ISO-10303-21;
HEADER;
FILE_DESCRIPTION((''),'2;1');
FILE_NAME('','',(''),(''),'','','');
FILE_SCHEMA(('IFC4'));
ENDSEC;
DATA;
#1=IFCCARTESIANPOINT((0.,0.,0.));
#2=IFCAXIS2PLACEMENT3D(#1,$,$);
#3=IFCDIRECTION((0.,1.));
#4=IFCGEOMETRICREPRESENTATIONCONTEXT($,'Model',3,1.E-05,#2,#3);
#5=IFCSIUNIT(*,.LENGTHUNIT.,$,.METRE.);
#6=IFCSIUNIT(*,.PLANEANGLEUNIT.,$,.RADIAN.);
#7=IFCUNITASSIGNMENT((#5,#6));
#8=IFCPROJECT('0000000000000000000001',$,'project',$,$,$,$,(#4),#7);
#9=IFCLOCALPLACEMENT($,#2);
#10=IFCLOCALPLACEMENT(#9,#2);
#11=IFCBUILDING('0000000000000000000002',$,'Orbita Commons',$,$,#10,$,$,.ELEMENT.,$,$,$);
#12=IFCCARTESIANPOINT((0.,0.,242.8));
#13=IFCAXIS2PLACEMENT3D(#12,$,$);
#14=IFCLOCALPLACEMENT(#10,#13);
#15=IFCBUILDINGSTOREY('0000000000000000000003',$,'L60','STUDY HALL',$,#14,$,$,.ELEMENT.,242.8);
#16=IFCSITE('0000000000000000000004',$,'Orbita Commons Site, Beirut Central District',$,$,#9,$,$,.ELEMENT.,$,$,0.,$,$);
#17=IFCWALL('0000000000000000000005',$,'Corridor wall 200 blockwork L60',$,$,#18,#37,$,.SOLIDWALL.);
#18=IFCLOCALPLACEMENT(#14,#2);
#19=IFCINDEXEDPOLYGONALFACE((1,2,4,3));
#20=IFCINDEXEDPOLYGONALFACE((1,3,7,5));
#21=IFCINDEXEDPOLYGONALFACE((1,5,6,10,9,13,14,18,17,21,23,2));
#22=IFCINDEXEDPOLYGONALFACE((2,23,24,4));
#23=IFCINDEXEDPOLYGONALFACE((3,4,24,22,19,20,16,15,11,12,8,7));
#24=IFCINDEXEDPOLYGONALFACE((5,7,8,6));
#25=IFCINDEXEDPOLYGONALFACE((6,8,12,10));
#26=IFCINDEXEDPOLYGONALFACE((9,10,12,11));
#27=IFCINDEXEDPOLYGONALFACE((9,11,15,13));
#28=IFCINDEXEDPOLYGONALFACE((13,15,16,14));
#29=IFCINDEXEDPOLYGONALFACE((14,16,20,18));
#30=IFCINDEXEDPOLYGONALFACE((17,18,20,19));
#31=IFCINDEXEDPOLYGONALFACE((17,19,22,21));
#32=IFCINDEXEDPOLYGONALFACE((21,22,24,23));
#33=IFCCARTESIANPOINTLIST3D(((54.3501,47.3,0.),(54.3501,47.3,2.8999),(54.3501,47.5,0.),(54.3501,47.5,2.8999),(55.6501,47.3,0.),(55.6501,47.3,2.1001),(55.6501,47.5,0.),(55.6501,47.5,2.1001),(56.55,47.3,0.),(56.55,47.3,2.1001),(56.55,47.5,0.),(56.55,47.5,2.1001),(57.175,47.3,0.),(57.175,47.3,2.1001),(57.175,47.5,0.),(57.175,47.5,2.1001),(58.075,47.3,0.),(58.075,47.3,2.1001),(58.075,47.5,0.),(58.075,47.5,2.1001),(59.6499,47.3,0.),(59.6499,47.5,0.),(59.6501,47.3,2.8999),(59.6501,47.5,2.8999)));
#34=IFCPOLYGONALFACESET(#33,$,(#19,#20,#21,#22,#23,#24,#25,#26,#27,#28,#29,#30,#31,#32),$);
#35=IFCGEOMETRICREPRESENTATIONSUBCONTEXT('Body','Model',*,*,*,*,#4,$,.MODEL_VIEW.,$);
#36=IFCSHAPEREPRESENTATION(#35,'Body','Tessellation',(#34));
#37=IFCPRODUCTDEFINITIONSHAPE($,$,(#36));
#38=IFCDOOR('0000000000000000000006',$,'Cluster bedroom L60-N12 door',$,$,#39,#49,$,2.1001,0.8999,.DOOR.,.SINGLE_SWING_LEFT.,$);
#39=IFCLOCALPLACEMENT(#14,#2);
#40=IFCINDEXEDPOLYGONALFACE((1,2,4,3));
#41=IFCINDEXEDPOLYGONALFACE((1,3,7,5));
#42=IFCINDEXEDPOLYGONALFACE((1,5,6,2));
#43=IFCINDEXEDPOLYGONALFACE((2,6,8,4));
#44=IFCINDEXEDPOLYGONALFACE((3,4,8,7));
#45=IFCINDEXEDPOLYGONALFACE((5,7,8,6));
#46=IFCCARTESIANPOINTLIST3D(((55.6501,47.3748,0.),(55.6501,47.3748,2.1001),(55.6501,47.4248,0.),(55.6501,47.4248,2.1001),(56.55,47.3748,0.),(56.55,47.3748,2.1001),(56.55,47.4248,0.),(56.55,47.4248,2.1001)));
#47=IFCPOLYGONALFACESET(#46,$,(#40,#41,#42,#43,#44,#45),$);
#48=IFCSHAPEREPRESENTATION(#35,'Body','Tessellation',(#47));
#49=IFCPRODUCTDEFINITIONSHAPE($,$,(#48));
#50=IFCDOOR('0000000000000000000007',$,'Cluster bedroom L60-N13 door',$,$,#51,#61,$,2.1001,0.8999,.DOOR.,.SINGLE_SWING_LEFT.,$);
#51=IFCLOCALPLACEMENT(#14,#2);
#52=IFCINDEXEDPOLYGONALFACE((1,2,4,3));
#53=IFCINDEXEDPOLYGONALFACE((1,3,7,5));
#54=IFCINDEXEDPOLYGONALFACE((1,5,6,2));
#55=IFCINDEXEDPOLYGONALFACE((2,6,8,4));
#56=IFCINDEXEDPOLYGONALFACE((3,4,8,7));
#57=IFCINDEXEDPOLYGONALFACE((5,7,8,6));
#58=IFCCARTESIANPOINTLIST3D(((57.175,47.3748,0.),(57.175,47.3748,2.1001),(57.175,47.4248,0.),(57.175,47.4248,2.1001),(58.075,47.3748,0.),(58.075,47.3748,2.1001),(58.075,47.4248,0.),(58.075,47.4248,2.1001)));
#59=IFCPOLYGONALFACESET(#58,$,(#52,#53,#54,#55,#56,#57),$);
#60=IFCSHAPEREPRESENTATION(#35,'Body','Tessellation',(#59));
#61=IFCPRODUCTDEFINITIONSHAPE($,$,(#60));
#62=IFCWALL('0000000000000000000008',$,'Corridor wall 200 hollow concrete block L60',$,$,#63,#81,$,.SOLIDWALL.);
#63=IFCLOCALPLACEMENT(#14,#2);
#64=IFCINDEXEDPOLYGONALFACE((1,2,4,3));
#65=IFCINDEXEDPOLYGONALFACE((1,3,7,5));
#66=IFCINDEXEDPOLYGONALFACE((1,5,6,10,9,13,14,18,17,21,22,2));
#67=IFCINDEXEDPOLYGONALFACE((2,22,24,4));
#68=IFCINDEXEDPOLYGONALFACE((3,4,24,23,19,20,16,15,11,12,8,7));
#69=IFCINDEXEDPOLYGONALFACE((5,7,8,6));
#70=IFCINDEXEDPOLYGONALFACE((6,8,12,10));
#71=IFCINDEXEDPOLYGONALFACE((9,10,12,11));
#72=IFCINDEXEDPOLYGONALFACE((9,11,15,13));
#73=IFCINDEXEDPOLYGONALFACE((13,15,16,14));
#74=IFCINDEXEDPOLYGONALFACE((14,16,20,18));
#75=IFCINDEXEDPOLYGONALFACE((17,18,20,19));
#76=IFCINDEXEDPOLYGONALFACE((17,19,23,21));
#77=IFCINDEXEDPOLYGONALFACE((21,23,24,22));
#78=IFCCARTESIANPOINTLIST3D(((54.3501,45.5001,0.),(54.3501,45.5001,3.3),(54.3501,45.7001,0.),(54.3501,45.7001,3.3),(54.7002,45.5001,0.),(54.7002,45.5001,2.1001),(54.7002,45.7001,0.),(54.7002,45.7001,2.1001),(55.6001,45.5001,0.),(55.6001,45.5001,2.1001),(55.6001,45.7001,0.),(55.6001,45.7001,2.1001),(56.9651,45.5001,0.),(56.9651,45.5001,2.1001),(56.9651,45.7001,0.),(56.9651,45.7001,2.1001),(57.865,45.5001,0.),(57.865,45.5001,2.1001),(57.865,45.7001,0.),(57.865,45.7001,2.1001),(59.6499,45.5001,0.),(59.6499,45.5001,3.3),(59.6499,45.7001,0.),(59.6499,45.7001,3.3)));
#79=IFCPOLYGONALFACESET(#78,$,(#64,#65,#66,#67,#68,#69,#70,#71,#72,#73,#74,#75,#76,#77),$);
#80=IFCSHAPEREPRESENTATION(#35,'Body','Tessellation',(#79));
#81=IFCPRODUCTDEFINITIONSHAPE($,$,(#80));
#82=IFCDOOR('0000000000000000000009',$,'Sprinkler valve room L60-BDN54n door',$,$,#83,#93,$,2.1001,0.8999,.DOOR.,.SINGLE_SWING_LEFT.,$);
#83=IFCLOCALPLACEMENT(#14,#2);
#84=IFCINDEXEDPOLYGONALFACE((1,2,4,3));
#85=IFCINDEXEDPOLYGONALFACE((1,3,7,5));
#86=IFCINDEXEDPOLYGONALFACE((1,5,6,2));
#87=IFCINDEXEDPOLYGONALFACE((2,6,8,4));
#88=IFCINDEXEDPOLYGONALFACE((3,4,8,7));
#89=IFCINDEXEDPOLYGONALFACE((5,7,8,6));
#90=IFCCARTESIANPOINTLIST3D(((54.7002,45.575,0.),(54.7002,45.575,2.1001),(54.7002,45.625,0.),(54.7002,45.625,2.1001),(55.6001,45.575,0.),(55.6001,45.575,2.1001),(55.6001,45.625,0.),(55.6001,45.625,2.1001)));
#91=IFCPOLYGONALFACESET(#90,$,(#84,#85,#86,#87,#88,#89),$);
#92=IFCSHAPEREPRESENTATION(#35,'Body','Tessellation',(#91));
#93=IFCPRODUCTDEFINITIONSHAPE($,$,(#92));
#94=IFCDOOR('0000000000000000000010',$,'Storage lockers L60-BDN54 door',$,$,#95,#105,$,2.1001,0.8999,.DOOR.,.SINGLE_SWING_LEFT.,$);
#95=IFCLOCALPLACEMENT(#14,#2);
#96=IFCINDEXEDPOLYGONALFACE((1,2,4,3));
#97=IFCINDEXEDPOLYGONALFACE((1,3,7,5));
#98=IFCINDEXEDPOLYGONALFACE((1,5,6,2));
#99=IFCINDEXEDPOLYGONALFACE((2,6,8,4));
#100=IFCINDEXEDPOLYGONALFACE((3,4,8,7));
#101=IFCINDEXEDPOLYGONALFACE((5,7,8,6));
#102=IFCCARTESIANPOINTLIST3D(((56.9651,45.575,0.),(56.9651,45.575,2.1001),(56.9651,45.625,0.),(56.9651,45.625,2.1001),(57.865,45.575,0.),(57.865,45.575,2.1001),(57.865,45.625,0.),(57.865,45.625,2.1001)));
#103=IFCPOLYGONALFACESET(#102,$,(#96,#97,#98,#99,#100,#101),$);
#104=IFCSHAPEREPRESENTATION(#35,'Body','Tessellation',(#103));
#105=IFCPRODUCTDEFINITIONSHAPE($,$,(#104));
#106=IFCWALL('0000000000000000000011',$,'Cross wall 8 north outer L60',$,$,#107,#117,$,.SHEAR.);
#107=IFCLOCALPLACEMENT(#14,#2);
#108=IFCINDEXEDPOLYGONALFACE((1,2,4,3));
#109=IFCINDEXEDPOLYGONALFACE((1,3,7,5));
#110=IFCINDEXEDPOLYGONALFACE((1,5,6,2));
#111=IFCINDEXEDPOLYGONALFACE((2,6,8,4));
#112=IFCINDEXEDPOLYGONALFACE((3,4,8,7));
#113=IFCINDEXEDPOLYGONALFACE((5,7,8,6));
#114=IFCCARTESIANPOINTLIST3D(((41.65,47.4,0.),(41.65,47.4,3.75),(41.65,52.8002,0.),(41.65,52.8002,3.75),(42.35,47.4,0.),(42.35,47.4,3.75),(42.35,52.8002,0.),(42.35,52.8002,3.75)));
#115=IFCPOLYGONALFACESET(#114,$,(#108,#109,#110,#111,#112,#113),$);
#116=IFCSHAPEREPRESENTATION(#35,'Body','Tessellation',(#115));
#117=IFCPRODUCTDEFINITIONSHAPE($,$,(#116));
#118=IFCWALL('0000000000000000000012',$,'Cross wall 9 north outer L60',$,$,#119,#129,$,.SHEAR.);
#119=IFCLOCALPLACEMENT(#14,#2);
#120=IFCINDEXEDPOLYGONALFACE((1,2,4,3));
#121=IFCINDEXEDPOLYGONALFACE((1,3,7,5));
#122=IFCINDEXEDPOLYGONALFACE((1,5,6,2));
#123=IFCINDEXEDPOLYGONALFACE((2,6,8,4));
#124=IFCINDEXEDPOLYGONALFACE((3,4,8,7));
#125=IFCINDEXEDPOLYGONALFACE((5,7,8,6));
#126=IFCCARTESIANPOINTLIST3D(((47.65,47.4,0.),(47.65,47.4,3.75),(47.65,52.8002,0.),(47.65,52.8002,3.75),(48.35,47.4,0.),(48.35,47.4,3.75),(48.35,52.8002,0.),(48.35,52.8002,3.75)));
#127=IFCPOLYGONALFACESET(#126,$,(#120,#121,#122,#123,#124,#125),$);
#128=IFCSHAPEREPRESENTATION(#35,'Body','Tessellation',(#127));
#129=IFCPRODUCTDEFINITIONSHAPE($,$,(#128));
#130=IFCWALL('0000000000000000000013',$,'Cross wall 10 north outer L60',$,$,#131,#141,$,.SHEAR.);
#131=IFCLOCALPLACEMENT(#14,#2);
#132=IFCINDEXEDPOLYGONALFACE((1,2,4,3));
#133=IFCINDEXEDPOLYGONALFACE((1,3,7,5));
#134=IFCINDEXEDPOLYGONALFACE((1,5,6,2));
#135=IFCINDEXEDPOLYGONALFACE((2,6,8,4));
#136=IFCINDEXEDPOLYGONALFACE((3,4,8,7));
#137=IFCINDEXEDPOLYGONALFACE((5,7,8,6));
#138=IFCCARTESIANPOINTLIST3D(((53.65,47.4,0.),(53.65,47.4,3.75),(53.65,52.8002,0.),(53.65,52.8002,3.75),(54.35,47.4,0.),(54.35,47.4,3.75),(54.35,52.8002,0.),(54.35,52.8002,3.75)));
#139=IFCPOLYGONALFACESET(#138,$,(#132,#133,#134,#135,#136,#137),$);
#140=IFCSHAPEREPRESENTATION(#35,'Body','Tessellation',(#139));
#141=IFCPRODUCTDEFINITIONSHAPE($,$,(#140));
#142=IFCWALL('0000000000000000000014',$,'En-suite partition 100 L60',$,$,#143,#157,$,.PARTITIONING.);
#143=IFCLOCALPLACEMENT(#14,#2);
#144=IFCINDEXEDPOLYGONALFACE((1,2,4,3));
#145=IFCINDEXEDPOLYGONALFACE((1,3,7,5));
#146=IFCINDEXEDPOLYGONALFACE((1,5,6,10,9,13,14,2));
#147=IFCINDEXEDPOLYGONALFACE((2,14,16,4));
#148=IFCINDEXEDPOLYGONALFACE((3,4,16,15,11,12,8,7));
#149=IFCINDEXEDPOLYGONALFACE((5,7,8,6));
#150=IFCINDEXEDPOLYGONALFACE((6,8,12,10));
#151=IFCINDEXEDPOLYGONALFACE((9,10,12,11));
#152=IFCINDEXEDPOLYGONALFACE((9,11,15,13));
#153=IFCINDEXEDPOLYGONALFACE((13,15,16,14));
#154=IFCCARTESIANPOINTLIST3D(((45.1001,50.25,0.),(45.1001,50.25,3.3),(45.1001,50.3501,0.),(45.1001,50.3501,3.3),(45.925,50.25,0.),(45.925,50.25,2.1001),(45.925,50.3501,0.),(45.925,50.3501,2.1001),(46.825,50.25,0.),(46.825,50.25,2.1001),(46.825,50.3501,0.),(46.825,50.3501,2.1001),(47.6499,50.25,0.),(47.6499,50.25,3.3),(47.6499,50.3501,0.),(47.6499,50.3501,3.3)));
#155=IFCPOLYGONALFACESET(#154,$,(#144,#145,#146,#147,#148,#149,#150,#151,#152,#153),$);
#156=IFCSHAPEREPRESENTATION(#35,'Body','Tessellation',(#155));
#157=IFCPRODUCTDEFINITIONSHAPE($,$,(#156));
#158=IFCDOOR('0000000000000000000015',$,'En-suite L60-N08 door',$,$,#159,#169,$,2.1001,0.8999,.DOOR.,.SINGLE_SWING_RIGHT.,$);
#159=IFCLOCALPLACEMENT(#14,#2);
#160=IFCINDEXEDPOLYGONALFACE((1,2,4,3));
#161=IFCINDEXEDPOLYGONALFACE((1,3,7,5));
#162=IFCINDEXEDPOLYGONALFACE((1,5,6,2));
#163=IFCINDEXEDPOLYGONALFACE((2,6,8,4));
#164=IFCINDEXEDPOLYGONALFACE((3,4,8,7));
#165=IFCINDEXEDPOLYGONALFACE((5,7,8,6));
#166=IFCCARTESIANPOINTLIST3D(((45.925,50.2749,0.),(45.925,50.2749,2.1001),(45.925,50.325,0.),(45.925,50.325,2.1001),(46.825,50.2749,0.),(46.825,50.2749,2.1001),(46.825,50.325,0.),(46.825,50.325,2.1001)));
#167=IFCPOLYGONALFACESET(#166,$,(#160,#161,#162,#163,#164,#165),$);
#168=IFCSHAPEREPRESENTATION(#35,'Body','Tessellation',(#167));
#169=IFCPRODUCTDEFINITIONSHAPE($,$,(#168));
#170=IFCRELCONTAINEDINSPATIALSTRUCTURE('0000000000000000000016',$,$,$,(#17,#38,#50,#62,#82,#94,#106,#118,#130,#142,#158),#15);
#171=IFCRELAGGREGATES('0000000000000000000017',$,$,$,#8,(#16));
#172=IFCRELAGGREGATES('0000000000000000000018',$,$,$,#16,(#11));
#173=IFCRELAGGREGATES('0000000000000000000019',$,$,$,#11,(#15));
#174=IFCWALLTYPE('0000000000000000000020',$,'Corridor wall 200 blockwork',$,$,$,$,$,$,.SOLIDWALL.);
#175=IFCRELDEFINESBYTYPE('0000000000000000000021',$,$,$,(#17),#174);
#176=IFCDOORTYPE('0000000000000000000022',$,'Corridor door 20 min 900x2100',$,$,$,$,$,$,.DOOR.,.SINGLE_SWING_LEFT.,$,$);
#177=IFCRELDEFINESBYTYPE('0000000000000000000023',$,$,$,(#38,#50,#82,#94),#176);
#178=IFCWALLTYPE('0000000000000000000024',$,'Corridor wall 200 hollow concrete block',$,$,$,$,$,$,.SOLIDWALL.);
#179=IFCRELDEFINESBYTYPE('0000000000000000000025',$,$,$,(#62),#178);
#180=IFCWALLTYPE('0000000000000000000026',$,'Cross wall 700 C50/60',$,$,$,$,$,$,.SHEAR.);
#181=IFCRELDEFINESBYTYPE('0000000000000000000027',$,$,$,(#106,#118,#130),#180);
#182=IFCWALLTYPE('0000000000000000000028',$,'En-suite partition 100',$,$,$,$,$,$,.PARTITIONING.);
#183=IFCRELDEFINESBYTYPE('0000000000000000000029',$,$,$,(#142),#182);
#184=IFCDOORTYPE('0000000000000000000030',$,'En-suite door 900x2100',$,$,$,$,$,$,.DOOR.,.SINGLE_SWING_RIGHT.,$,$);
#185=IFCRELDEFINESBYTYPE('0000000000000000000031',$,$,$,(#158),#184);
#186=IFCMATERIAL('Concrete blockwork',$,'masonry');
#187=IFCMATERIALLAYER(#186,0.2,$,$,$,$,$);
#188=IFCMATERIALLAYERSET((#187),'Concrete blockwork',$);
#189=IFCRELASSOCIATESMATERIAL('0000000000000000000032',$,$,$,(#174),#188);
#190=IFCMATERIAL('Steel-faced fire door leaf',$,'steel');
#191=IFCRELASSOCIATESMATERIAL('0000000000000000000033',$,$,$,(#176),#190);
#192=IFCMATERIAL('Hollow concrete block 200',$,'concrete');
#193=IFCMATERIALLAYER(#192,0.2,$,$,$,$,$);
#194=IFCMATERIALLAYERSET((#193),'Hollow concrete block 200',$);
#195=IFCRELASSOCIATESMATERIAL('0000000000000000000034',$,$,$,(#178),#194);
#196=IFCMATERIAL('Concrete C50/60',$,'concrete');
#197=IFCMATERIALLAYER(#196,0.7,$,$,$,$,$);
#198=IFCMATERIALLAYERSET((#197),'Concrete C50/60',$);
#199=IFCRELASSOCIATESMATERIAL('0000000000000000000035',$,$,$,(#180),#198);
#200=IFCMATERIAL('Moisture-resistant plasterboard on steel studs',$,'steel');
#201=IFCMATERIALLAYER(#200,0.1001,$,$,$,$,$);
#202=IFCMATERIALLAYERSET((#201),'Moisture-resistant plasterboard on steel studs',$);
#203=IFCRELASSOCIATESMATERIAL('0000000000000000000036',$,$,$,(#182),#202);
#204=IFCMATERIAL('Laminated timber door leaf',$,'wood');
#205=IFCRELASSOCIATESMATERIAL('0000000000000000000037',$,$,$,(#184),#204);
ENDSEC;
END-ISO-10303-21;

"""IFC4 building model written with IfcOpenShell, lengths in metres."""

from ifc_helpers import new_model, si_unit, direction, frame, frame_2d, origin, place, context, subcontext, project, spatial, polyline, rectangle, outline, extrude, material, layer, layer_set, type_object, element, fill, save


model = new_model("IFC4")

# Units and contexts
model_context = context("Model", 3, precision=1e-05, world=origin(), true_north=direction((0.0, 1.0)))
body_context = subcontext(model_context, "Body", "Model", "MODEL_VIEW")
ifc_project = project(units=[si_unit("LENGTHUNIT", "METRE"), si_unit("PLANEANGLEUNIT", "RADIAN")], contexts=[model_context])

# Site, building, storey
site_placement = place(None, origin())
site = spatial("IfcSite", under=ifc_project, at=site_placement, Name="Orbita Commons Site, Beirut Central District", CompositionType="ELEMENT", RefElevation=0.0)
building_placement = place(site_placement, origin())
building = spatial("IfcBuilding", under=site, at=building_placement, Name="Orbita Commons", CompositionType="ELEMENT")
storey_placement = place(building_placement, frame((0.0, 0.0, 242.8)))
storey = spatial("IfcBuildingStorey", under=building, at=storey_placement, Name="L60", Description="STUDY HALL", CompositionType="ELEMENT", Elevation=242.8)

# Shared definitions
ifc_material_1 = material(Name="Concrete blockwork", Category="masonry")
ifc_layer_1 = layer(ifc_material_1, 0.2)
ifc_layer_set_1 = layer_set([ifc_layer_1], Name="Concrete blockwork")
wall_type_1 = type_object("IfcWallType", Name="Corridor wall 200 blockwork", PredefinedType="SOLIDWALL", material=ifc_layer_set_1)
ifc_material_2 = material(Name="Steel-faced fire door leaf", Category="steel")
door_type_1 = type_object("IfcDoorType", Name="Corridor door 20 min 900x2100", OperationType="SINGLE_SWING_LEFT", PredefinedType="DOOR", material=ifc_material_2)

# Walls, openings, doors
wall_1_placement = place(storey_placement, frame((54.3501, 47.3999, 0.0), z_axis=(0.0, 0.0, 1.0), x_axis=(1.0, 0.0, 0.0)))
wall_1 = element("IfcWall", 1, at=wall_1_placement, inside=storey, type_object=wall_type_1, Name="Corridor wall 200 blockwork L60", PredefinedType="SOLIDWALL", context=body_context, shape_type="SweptSolid", body=[
    extrude(outline(polyline([(0.0, 0.0), (5.2998, 0.0), (5.3, 2.8999), (0.0, 2.8999), (0.0, 0.0)])), frame((0.0, 0.1001, 0.0), z_axis=(0.0, -1.0, 0.0), x_axis=(1.0, 0.0, 0.0)), (0.0, 0.0, 1.0), 0.2),
])
opening_1_placement = place(wall_1_placement, frame((1.3, 0.0, 0.0)))
opening_1 = element("IfcOpeningElement", 2, at=opening_1_placement, cuts=wall_1, PredefinedType="OPENING", context=body_context, shape_type="SweptSolid", body=[
    extrude(rectangle(XDim=0.8999, YDim=2.1001, at=frame_2d((0.45, 1.05))), frame((0.0, 0.1099, 0.0), z_axis=(0.0, -1.0, 0.0), x_axis=(1.0, 0.0, 0.0)), (0.0, 0.0, 1.0), 0.22),
])
opening_2_placement = place(wall_1_placement, frame((2.825, 0.0, 0.0)))
opening_2 = element("IfcOpeningElement", 3, at=opening_2_placement, cuts=wall_1, PredefinedType="OPENING", context=body_context, shape_type="SweptSolid", body=[
    extrude(rectangle(XDim=0.8999, YDim=2.1001, at=frame_2d((0.45, 1.05))), frame((0.0, 0.1099, 0.0), z_axis=(0.0, -1.0, 0.0), x_axis=(1.0, 0.0, 0.0)), (0.0, 0.0, 1.0), 0.22),
])
door_1_placement = place(opening_1_placement, origin())
door_1 = element("IfcDoor", 4, at=door_1_placement, inside=storey, type_object=door_type_1, Name="Cluster bedroom L60-N12 door", OperationType="SINGLE_SWING_LEFT", OverallHeight=2.1001, OverallWidth=0.8999, PredefinedType="DOOR", context=body_context, shape_type="SweptSolid", body=[
    extrude(rectangle(XDim=0.8999, YDim=2.1001, at=frame_2d((0.45, 1.05))), frame((0.0, 0.0249, 0.0), z_axis=(0.0, -1.0, 0.0), x_axis=(1.0, 0.0, 0.0)), (0.0, 0.0, 1.0), 0.05),
])
fill(opening_1, door_1)
door_2_placement = place(opening_2_placement, origin())
door_2 = element("IfcDoor", 5, at=door_2_placement, inside=storey, type_object=door_type_1, Name="Cluster bedroom L60-N13 door", OperationType="SINGLE_SWING_LEFT", OverallHeight=2.1001, OverallWidth=0.8999, PredefinedType="DOOR", context=body_context, shape_type="SweptSolid", body=[
    extrude(rectangle(XDim=0.8999, YDim=2.1001, at=frame_2d((0.45, 1.05))), frame((0.0, 0.0249, 0.0), z_axis=(0.0, -1.0, 0.0), x_axis=(1.0, 0.0, 0.0)), (0.0, 0.0, 1.0), 0.05),
])
fill(opening_2, door_2)
ifc_material_3 = material(Name="Hollow concrete block 200", Category="concrete")
ifc_layer_2 = layer(ifc_material_3, 0.2)
ifc_layer_set_2 = layer_set([ifc_layer_2], Name="Hollow concrete block 200")
wall_type_2 = type_object("IfcWallType", Name="Corridor wall 200 hollow concrete block", PredefinedType="SOLIDWALL", material=ifc_layer_set_2)
wall_2_placement = place(storey_placement, frame((54.3501, 45.6001, 0.0), z_axis=(0.0, 0.0, 1.0), x_axis=(1.0, 0.0, 0.0)))
wall_2 = element("IfcWall", 6, at=wall_2_placement, inside=storey, type_object=wall_type_2, Name="Corridor wall 200 hollow concrete block L60", PredefinedType="SOLIDWALL", context=body_context, shape_type="SweptSolid", body=[
    extrude(rectangle(XDim=5.2998, YDim=0.2, at=frame_2d((2.6499, 0.0))), origin(), (0.0, 0.0, 1.0), 3.3),
])
opening_3_placement = place(wall_2_placement, frame((0.3501, 0.0, 0.0)))
opening_3 = element("IfcOpeningElement", 7, at=opening_3_placement, cuts=wall_2, PredefinedType="OPENING", context=body_context, shape_type="SweptSolid", body=[
    extrude(rectangle(XDim=0.8999, YDim=2.1001, at=frame_2d((0.45, 1.05))), frame((0.0, 0.1099, 0.0), z_axis=(0.0, -1.0, 0.0), x_axis=(1.0, 0.0, 0.0)), (0.0, 0.0, 1.0), 0.22),
])
opening_4_placement = place(wall_2_placement, frame((2.615, 0.0, 0.0)))
opening_4 = element("IfcOpeningElement", 8, at=opening_4_placement, cuts=wall_2, PredefinedType="OPENING", context=body_context, shape_type="SweptSolid", body=[
    extrude(rectangle(XDim=0.8999, YDim=2.1001, at=frame_2d((0.45, 1.05))), frame((0.0, 0.1099, 0.0), z_axis=(0.0, -1.0, 0.0), x_axis=(1.0, 0.0, 0.0)), (0.0, 0.0, 1.0), 0.22),
])
door_3_placement = place(opening_3_placement, origin())
door_3 = element("IfcDoor", 9, at=door_3_placement, inside=storey, type_object=door_type_1, Name="Sprinkler valve room L60-BDN54n door", OperationType="SINGLE_SWING_LEFT", OverallHeight=2.1001, OverallWidth=0.8999, PredefinedType="DOOR", context=body_context, shape_type="SweptSolid", body=[
    extrude(rectangle(XDim=0.8999, YDim=2.1001, at=frame_2d((0.45, 1.05))), frame((0.0, 0.0249, 0.0), z_axis=(0.0, -1.0, 0.0), x_axis=(1.0, 0.0, 0.0)), (0.0, 0.0, 1.0), 0.05),
])
fill(opening_3, door_3)
door_4_placement = place(opening_4_placement, origin())
door_4 = element("IfcDoor", 10, at=door_4_placement, inside=storey, type_object=door_type_1, Name="Storage lockers L60-BDN54 door", OperationType="SINGLE_SWING_LEFT", OverallHeight=2.1001, OverallWidth=0.8999, PredefinedType="DOOR", context=body_context, shape_type="SweptSolid", body=[
    extrude(rectangle(XDim=0.8999, YDim=2.1001, at=frame_2d((0.45, 1.05))), frame((0.0, 0.0249, 0.0), z_axis=(0.0, -1.0, 0.0), x_axis=(1.0, 0.0, 0.0)), (0.0, 0.0, 1.0), 0.05),
])
fill(opening_4, door_4)

# Walls
ifc_material_4 = material(Name="Concrete C50/60", Category="concrete")
ifc_layer_3 = layer(ifc_material_4, 0.7)
ifc_layer_set_3 = layer_set([ifc_layer_3], Name="Concrete C50/60")
wall_type_3 = type_object("IfcWallType", Name="Cross wall 700 C50/60", PredefinedType="SHEAR", material=ifc_layer_set_3)
for number, where, z_axis, x_axis, name in (
    (11, (42.0, 47.3999, 0.0), (0.0, 0.0, 1.0), (0.0, 1.0, 0.0), "Cross wall 8 north outer L60"),
    (12, (48.0, 47.3999, 0.0), (0.0, 0.0, 1.0), (0.0, 1.0, 0.0), "Cross wall 9 north outer L60"),
    (13, (54.0, 47.3999, 0.0), (0.0, 0.0, 1.0), (0.0, 1.0, 0.0), "Cross wall 10 north outer L60"),
):
    element("IfcWall", number, at=place(storey_placement, frame(where, z_axis=z_axis, x_axis=x_axis)), inside=storey, type_object=wall_type_3, Name=name, PredefinedType="SHEAR", context=body_context, shape_type="SweptSolid", body=[
        extrude(rectangle(XDim=5.4001, YDim=0.7, at=frame_2d((2.7002, 0.0))), origin(), (0.0, 0.0, 1.0), 3.75),
    ])

# Wall, opening, door
ifc_material_5 = material(Name="Moisture-resistant plasterboard on steel studs", Category="steel")
ifc_layer_4 = layer(ifc_material_5, 0.1001)
ifc_layer_set_4 = layer_set([ifc_layer_4], Name="Moisture-resistant plasterboard on steel studs")
wall_type_4 = type_object("IfcWallType", Name="En-suite partition 100", PredefinedType="PARTITIONING", material=ifc_layer_set_4)
wall_3_placement = place(storey_placement, frame((45.1001, 50.3, 0.0), z_axis=(0.0, 0.0, 1.0), x_axis=(1.0, 0.0, 0.0)))
wall_3 = element("IfcWall", 14, at=wall_3_placement, inside=storey, type_object=wall_type_4, Name="En-suite partition 100 L60", PredefinedType="PARTITIONING", context=body_context, shape_type="SweptSolid", body=[
    extrude(rectangle(XDim=2.5498, YDim=0.1001, at=frame_2d((1.2749, 0.0))), origin(), (0.0, 0.0, 1.0), 3.3),
])
opening_5_placement = place(wall_3_placement, frame((0.825, 0.0, 0.0)))
opening_5 = element("IfcOpeningElement", 15, at=opening_5_placement, cuts=wall_3, PredefinedType="OPENING", context=body_context, shape_type="SweptSolid", body=[
    extrude(rectangle(XDim=0.8999, YDim=2.1001, at=frame_2d((0.45, 1.05))), frame((0.0, 0.0601, 0.0), z_axis=(0.0, -1.0, 0.0), x_axis=(1.0, 0.0, 0.0)), (0.0, 0.0, 1.0), 0.1201),
])
ifc_material_6 = material(Name="Laminated timber door leaf", Category="wood")
door_type_2 = type_object("IfcDoorType", Name="En-suite door 900x2100", OperationType="SINGLE_SWING_RIGHT", PredefinedType="DOOR", material=ifc_material_6)
door_5_placement = place(opening_5_placement, origin())
door_5 = element("IfcDoor", 16, at=door_5_placement, inside=storey, type_object=door_type_2, Name="En-suite L60-N08 door", OperationType="SINGLE_SWING_RIGHT", OverallHeight=2.1001, OverallWidth=0.8999, PredefinedType="DOOR", context=body_context, shape_type="SweptSolid", body=[
    extrude(rectangle(XDim=0.8999, YDim=2.1001, at=frame_2d((0.45, 1.05))), frame((0.0, 0.0249, 0.0), z_axis=(0.0, -1.0, 0.0), x_axis=(1.0, 0.0, 0.0)), (0.0, 0.0, 1.0), 0.05),
])
fill(opening_5, door_5)

save(model, "model.ifc")
